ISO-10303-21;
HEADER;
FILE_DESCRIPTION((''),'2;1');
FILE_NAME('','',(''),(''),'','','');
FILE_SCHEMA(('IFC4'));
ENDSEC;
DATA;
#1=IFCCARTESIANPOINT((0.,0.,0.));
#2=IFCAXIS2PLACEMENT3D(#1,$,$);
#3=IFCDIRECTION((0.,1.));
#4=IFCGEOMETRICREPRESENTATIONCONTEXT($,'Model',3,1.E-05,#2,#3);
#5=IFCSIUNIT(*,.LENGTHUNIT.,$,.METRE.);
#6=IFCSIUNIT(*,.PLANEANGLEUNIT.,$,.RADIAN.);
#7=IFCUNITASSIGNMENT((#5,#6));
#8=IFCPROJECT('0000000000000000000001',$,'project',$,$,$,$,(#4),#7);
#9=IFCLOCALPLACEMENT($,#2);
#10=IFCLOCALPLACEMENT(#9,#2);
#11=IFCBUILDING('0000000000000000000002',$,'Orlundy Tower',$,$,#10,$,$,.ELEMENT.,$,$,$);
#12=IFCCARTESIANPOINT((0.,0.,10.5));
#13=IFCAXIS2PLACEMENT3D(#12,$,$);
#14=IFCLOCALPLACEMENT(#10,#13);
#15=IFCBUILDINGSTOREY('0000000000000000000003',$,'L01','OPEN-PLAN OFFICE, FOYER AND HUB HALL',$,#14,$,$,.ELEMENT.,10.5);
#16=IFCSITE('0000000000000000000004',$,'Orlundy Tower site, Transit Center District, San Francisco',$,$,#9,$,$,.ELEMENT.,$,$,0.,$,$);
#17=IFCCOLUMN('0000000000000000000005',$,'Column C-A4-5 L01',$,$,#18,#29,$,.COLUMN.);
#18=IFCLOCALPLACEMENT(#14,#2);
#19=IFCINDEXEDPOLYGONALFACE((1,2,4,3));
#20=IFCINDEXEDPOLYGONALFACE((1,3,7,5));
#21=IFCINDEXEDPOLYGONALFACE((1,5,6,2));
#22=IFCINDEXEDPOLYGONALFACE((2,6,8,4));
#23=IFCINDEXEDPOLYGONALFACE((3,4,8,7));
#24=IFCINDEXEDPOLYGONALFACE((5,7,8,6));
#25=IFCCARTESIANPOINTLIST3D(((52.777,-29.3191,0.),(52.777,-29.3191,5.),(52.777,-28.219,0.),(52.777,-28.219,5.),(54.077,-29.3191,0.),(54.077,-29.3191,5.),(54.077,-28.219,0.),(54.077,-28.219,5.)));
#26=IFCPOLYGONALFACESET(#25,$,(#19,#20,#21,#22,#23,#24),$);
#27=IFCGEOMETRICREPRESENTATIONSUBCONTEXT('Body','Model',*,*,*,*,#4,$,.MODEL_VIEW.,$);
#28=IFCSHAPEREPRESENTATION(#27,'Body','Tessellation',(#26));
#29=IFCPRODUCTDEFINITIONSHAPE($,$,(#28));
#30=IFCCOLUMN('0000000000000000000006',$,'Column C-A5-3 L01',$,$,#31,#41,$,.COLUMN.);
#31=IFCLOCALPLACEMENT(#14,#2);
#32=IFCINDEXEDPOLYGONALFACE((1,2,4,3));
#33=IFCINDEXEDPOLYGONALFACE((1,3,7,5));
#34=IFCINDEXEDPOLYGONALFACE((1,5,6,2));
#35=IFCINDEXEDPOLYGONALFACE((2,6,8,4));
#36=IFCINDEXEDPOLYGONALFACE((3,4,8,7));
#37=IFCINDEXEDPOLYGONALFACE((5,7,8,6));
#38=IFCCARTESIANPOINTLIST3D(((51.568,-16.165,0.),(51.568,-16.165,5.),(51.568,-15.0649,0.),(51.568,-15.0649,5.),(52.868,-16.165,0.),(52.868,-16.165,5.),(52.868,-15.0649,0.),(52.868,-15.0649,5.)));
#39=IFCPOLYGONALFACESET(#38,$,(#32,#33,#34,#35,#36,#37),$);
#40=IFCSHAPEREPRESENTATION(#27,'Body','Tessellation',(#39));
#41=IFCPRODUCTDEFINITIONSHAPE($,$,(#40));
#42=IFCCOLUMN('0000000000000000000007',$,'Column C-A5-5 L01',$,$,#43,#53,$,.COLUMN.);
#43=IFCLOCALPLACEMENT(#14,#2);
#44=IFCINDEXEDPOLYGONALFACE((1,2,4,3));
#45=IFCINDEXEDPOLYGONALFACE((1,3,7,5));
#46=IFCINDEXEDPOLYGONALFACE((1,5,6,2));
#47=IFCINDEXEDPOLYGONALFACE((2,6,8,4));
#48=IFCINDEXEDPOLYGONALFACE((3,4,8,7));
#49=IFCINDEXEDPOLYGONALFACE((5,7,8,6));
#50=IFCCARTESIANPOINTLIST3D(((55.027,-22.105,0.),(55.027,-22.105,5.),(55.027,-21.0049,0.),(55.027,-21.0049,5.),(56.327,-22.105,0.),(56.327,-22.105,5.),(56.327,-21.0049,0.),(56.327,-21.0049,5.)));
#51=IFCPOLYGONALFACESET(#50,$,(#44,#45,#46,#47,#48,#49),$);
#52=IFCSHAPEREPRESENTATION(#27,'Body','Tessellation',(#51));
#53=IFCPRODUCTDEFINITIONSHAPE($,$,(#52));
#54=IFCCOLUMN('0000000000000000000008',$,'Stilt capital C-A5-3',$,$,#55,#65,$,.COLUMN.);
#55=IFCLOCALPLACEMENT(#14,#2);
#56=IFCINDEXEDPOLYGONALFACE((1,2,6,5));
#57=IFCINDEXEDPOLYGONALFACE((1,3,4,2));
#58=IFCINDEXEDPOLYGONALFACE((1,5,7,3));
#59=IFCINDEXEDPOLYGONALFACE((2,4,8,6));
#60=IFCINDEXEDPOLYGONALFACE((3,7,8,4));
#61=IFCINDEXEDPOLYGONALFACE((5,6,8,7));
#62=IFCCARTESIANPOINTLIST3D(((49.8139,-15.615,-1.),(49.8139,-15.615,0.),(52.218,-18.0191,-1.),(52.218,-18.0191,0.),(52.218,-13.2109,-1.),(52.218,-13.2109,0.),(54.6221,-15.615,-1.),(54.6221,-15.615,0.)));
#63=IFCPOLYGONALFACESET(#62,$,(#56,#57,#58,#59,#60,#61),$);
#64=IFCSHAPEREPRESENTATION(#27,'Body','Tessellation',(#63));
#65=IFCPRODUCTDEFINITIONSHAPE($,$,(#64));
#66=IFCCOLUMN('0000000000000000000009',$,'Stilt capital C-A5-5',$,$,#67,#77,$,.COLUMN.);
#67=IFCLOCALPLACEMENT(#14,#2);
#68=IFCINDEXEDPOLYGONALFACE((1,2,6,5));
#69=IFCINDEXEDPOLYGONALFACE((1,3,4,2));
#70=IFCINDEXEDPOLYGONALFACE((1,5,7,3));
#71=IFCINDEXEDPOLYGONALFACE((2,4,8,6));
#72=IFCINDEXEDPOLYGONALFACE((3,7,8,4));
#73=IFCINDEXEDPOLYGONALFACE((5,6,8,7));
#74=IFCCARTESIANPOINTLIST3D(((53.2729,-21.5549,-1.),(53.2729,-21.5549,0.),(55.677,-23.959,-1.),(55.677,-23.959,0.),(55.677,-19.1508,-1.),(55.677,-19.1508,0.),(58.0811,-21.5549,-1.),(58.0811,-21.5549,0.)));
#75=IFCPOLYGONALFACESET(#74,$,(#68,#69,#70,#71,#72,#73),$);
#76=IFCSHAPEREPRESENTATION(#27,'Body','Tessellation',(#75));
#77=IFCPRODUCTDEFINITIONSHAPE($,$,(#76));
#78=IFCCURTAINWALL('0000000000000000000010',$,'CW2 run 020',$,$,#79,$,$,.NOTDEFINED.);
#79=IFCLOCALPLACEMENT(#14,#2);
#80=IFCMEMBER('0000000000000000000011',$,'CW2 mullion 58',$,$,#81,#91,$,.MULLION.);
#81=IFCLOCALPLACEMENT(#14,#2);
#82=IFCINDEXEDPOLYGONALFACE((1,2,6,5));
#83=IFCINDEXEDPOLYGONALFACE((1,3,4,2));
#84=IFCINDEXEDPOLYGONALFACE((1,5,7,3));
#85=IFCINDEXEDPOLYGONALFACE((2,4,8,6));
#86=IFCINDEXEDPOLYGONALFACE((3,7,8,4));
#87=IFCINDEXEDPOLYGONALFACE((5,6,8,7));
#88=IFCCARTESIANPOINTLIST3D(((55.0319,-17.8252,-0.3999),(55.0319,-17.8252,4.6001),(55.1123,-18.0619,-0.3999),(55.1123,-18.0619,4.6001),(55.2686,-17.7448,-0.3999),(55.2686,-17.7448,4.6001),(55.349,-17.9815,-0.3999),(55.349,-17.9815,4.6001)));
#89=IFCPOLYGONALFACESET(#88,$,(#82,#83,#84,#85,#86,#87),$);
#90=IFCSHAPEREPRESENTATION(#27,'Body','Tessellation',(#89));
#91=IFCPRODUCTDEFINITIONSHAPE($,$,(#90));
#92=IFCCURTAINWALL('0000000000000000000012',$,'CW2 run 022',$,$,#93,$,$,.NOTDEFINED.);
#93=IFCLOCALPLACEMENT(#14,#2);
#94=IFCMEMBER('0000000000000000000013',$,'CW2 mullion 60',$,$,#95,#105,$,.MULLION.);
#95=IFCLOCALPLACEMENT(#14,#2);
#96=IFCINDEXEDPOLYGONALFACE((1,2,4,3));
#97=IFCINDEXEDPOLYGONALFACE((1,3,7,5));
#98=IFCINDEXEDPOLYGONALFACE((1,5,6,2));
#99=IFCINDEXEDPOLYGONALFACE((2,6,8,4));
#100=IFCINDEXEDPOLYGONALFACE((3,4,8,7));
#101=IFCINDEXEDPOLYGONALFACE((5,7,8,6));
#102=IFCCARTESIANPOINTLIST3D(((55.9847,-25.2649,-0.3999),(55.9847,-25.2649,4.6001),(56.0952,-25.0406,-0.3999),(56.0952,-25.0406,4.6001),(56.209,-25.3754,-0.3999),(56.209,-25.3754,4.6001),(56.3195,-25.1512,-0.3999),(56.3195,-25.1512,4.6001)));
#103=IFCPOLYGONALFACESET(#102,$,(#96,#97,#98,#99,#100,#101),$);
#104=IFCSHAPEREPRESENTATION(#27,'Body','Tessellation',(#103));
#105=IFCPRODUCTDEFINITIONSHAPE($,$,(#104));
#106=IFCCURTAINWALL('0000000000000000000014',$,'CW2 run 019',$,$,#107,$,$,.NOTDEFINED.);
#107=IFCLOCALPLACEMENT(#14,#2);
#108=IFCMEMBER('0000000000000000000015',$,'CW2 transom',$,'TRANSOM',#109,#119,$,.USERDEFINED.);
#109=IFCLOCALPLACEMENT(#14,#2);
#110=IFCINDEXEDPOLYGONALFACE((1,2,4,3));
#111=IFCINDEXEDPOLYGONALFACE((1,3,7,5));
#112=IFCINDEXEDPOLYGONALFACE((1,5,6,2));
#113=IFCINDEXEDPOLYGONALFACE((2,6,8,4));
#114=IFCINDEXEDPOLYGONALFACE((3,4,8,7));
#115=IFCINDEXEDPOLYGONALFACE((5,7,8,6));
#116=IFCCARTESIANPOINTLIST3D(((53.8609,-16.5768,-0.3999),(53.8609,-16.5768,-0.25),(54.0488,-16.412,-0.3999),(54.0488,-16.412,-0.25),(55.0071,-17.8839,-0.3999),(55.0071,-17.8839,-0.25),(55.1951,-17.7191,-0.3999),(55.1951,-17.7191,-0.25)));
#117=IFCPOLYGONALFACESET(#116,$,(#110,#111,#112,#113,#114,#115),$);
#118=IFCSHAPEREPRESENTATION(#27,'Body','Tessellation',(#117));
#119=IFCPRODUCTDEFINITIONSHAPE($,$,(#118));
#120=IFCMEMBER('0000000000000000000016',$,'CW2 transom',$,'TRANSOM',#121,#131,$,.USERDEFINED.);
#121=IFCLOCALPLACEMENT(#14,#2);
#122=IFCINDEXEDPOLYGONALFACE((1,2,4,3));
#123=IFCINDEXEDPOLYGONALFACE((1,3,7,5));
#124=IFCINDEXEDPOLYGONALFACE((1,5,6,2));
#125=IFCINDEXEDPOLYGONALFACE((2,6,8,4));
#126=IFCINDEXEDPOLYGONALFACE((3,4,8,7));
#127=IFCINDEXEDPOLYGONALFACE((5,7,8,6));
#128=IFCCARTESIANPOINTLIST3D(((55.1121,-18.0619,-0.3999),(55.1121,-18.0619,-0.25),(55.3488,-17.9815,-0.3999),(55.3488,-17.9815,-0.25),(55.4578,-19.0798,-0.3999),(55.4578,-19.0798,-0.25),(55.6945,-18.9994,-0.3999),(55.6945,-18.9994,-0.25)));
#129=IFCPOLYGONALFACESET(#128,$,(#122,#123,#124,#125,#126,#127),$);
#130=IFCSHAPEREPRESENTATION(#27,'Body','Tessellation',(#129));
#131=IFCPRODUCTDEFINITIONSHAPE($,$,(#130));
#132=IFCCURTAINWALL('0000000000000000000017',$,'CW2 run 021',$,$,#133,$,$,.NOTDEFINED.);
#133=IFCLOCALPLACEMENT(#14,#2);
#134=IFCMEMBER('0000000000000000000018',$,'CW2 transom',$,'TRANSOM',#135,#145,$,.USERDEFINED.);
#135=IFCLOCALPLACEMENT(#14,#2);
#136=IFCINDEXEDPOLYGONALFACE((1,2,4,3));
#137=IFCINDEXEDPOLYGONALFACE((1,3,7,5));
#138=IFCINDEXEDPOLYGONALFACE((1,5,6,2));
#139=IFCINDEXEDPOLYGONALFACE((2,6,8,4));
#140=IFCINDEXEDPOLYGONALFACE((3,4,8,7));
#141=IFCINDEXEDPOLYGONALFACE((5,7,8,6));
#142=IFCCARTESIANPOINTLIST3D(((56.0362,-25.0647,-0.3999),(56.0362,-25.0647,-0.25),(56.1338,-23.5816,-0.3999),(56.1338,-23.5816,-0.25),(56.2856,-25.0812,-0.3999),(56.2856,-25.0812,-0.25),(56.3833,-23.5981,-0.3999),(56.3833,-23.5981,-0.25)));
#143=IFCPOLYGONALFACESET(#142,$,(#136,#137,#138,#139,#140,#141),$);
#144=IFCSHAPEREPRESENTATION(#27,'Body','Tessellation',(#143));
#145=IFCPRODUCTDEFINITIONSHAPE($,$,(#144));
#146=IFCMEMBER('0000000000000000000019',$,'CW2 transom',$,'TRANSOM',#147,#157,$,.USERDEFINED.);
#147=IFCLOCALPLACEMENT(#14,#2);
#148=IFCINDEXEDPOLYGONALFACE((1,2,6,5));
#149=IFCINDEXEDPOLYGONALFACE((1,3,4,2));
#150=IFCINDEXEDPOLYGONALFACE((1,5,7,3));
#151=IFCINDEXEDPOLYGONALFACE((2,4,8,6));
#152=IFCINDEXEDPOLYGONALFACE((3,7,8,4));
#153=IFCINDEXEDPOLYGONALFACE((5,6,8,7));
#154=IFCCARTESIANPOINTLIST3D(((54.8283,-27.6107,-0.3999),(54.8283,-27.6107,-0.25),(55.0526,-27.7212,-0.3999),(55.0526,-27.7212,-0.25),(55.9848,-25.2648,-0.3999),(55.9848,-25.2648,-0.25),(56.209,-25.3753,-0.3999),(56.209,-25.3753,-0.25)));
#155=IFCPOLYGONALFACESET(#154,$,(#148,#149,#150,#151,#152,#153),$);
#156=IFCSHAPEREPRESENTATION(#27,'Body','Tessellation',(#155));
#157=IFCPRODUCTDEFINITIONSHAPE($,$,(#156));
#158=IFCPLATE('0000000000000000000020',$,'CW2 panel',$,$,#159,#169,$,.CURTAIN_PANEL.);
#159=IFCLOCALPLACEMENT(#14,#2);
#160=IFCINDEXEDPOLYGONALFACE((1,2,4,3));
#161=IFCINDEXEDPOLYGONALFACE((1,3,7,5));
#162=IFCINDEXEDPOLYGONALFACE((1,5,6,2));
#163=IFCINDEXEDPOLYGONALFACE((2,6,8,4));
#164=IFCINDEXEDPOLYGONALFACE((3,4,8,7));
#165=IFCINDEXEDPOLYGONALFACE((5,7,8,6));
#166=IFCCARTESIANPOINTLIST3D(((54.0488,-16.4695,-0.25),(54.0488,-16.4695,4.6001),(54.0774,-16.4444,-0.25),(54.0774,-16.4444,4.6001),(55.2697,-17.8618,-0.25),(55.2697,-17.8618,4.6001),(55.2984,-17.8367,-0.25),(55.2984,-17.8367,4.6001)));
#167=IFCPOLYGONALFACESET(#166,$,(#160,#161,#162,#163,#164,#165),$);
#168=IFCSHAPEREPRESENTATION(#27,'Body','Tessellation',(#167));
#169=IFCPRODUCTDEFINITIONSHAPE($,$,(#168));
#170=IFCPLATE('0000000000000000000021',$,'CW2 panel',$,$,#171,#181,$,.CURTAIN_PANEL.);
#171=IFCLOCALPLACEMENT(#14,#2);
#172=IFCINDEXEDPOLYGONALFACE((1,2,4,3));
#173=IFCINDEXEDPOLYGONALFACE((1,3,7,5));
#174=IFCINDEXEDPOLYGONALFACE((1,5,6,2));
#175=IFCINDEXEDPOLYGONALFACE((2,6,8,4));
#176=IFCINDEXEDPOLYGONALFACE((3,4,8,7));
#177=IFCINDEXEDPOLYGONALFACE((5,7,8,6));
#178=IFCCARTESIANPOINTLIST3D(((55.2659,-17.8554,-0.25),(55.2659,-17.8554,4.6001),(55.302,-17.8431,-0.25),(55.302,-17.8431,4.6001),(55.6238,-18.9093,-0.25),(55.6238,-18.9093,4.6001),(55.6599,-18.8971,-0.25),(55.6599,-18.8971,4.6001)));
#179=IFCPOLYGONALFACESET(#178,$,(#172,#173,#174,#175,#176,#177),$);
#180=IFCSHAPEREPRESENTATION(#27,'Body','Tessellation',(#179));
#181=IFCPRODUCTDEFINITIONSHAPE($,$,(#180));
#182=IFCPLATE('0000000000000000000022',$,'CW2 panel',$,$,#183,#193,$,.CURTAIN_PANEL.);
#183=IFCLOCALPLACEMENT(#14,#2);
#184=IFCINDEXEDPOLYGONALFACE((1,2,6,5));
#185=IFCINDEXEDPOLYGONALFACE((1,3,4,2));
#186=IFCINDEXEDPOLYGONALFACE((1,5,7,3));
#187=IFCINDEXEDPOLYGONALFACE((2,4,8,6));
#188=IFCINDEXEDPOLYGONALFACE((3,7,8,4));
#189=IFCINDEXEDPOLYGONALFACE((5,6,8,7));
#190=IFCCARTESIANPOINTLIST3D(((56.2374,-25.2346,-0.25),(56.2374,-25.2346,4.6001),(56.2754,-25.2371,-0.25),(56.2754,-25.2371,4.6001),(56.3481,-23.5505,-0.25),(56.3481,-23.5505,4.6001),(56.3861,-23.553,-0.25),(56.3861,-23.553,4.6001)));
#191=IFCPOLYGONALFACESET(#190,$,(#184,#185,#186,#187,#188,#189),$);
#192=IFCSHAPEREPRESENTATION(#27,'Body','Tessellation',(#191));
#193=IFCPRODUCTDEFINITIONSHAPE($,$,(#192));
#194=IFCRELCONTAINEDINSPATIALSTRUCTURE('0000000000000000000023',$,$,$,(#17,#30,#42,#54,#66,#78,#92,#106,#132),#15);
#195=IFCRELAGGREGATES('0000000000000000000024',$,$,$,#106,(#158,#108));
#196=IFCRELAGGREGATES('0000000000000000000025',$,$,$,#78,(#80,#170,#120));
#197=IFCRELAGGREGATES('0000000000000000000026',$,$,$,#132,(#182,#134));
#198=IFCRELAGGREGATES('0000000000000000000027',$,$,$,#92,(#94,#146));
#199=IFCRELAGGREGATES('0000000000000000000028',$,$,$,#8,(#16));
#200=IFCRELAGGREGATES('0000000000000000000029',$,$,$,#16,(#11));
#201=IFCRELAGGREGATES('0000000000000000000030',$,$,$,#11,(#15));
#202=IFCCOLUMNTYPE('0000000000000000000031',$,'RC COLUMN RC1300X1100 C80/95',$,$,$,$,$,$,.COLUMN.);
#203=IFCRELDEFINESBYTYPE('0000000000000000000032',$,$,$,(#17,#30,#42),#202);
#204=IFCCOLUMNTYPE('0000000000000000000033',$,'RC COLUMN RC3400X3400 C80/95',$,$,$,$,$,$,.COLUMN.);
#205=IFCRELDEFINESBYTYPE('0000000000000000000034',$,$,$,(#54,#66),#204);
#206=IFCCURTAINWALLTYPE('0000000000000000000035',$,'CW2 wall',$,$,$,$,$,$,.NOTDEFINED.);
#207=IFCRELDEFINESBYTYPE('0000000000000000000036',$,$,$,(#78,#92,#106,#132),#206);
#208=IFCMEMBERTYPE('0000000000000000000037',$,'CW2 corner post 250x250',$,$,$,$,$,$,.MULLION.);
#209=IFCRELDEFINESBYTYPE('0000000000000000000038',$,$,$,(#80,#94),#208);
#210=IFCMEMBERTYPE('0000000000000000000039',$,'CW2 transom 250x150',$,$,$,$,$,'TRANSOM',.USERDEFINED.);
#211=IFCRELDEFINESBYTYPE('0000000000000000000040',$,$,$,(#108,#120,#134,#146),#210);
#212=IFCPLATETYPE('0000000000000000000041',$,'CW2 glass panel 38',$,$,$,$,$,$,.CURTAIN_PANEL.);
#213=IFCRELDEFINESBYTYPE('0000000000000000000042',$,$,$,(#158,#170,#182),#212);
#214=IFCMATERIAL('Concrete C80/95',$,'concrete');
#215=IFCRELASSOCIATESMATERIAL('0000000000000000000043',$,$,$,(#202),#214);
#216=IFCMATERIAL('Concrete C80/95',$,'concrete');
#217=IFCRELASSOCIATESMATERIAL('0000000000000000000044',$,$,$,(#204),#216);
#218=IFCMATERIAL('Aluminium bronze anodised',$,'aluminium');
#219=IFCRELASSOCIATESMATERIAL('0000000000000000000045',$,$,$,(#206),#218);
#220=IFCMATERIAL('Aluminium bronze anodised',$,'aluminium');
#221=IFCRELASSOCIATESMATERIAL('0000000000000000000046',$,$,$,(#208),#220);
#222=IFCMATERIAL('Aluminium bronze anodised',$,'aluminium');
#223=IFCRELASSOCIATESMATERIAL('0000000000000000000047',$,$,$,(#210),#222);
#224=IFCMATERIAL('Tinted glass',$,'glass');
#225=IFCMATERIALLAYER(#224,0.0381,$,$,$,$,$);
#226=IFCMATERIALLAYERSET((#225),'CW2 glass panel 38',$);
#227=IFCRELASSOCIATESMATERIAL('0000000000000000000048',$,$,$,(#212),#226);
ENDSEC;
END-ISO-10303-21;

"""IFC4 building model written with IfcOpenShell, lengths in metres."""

from ifc_helpers import new_model, si_unit, direction, frame, origin, origin_2d, place, context, subcontext, project, spatial, rectangle, extrude, material, layer, layer_set, material_profile, profile_set, type_object, element, aggregate, save


model = new_model("IFC4")

# Units and contexts
model_context = context("Model", 3, precision=1e-05, world=origin(), true_north=direction((0.0, 1.0)))
body_context = subcontext(model_context, "Body", "Model", "MODEL_VIEW")
ifc_project = project(units=[si_unit("LENGTHUNIT", "METRE"), si_unit("PLANEANGLEUNIT", "RADIAN")], contexts=[model_context])

# Site, building, storey
site_placement = place(None, origin())
site = spatial("IfcSite", under=ifc_project, at=site_placement, Name="Orlundy Tower site, Transit Center District, San Francisco", CompositionType="ELEMENT", RefElevation=0.0)
building_placement = place(site_placement, origin())
building = spatial("IfcBuilding", under=site, at=building_placement, Name="Orlundy Tower", CompositionType="ELEMENT")
storey_placement = place(building_placement, frame((0.0, 0.0, 10.5)))
storey = spatial("IfcBuildingStorey", under=building, at=storey_placement, Name="L01", Description="OPEN-PLAN OFFICE, FOYER AND HUB HALL", CompositionType="ELEMENT", Elevation=10.5)

# Columns
ifc_material_1 = material(Name="Concrete C80/95", Category="concrete")
ifc_material_profile_1 = material_profile(ifc_material_1, rectangle(XDim=1.3, YDim=1.1001, at=origin_2d()), Name="RC1300X1100")
ifc_profile_set_1 = profile_set([ifc_material_profile_1], Name="Concrete C80/95")
column_type_1 = type_object("IfcColumnType", Name="RC COLUMN RC1300X1100 C80/95", PredefinedType="COLUMN", material=ifc_profile_set_1)
for number, where, z_axis, x_axis, name in (
    (1, (53.427, -28.769, 0.0), (0.0, 0.0, 1.0), (1.0, 0.0, 0.0), "Column C-A4-5 L01"),
    (2, (52.218, -15.615, 0.0), (0.0, 0.0, 1.0), (1.0, 0.0, 0.0), "Column C-A5-3 L01"),
    (3, (55.677, -21.5549, 0.0), (0.0, 0.0, 1.0), (1.0, 0.0, 0.0), "Column C-A5-5 L01"),
):
    element("IfcColumn", number, at=place(storey_placement, frame(where, z_axis=z_axis, x_axis=x_axis)), inside=storey, type_object=column_type_1, Name=name, PredefinedType="COLUMN", context=body_context, shape_type="SweptSolid", body=[
        extrude(rectangle(XDim=1.3, YDim=1.1001, at=origin_2d()), origin(), (0.0, 0.0, 1.0), 5.0),
    ])
ifc_material_2 = material(Name="Concrete C80/95", Category="concrete")
ifc_material_profile_2 = material_profile(ifc_material_2, rectangle(XDim=3.3999, YDim=3.3999, at=origin_2d()), Name="RC3400X3400")
ifc_profile_set_2 = profile_set([ifc_material_profile_2], Name="Concrete C80/95")
column_type_2 = type_object("IfcColumnType", Name="RC COLUMN RC3400X3400 C80/95", PredefinedType="COLUMN", material=ifc_profile_set_2)
for number, where, z_axis, x_axis, name in (
    (4, (52.218, -15.615, -1.0), (0.0, 0.0, 1.0), (0.707107, 0.707107, 0.0), "Stilt capital C-A5-3"),
    (5, (55.677, -21.5549, -1.0), (0.0, 0.0, 1.0), (0.707107, 0.707107, 0.0), "Stilt capital C-A5-5"),
):
    element("IfcColumn", number, at=place(storey_placement, frame(where, z_axis=z_axis, x_axis=x_axis)), inside=storey, type_object=column_type_2, Name=name, PredefinedType="COLUMN", context=body_context, shape_type="SweptSolid", body=[
        extrude(rectangle(XDim=3.3999, YDim=3.3999, at=origin_2d()), origin(), (0.0, 0.0, 1.0), 1.0),
    ])

# Curtain walls, members
ifc_material_3 = material(Name="Aluminium bronze anodised", Category="aluminium")
curtain_wall_type = type_object("IfcCurtainWallType", Name="CW2 wall", PredefinedType="NOTDEFINED", material=ifc_material_3)
curtain_wall_1_placement = place(storey_placement, origin())
curtain_wall_1 = element("IfcCurtainWall", 6, at=curtain_wall_1_placement, inside=storey, type_object=curtain_wall_type, Name="CW2 run 020", PredefinedType="NOTDEFINED")
ifc_material_4 = material(Name="Aluminium bronze anodised", Category="aluminium")
ifc_material_profile_3 = material_profile(ifc_material_4, rectangle(XDim=0.25, YDim=0.25, at=origin_2d()), Name="CW2 corner post 250x250")
ifc_profile_set_3 = profile_set([ifc_material_profile_3], Name="Aluminium bronze anodised")
member_type_1 = type_object("IfcMemberType", Name="CW2 corner post 250x250", PredefinedType="MULLION", material=ifc_profile_set_3)
member_1_placement = place(storey_placement, frame((55.1904, -17.9033, -0.3999), z_axis=(0.0, 0.0, 1.0), x_axis=(0.946888, 0.321564, 0.0)))
member_1 = element("IfcMember", 7, at=member_1_placement, type_object=member_type_1, Name="CW2 mullion 58", PredefinedType="MULLION", context=body_context, shape_type="SweptSolid", body=[
    extrude(rectangle(XDim=0.25, YDim=0.25, at=origin_2d()), origin(), (0.0, 0.0, 1.0), 5.0),
])
curtain_wall_2_placement = place(storey_placement, origin())
curtain_wall_2 = element("IfcCurtainWall", 8, at=curtain_wall_2_placement, inside=storey, type_object=curtain_wall_type, Name="CW2 run 022", PredefinedType="NOTDEFINED")
member_2_placement = place(storey_placement, frame((56.1521, -25.208, -0.3999), z_axis=(0.0, 0.0, 1.0), x_axis=(0.896949, -0.442135, 0.0)))
member_2 = element("IfcMember", 9, at=member_2_placement, type_object=member_type_1, Name="CW2 mullion 60", PredefinedType="MULLION", context=body_context, shape_type="SweptSolid", body=[
    extrude(rectangle(XDim=0.25, YDim=0.25, at=origin_2d()), origin(), (0.0, 0.0, 1.0), 5.0),
])
curtain_wall_3_placement = place(storey_placement, origin())
curtain_wall_3 = element("IfcCurtainWall", 10, at=curtain_wall_3_placement, inside=storey, type_object=curtain_wall_type, Name="CW2 run 019", PredefinedType="NOTDEFINED")
ifc_material_5 = material(Name="Aluminium bronze anodised", Category="aluminium")
ifc_material_profile_4 = material_profile(ifc_material_5, rectangle(XDim=0.25, YDim=0.1499, at=origin_2d()), Name="CW2 transom 250x150")
ifc_profile_set_4 = profile_set([ifc_material_profile_4], Name="Aluminium bronze anodised")
member_type_2 = type_object("IfcMemberType", Name="CW2 transom 250x150", ElementType="TRANSOM", PredefinedType="USERDEFINED", material=ifc_profile_set_4)
member_3_placement = place(storey_placement, frame((53.9548, -16.4944, -0.325), z_axis=(0.659319, -0.751863, 0.0), x_axis=(0.751863, 0.659319, 0.0)))
member_3 = element("IfcMember", 11, at=member_3_placement, type_object=member_type_2, Name="CW2 transom", ObjectType="TRANSOM", PredefinedType="USERDEFINED", context=body_context, shape_type="SweptSolid", body=[
    extrude(rectangle(XDim=0.25, YDim=0.1499, at=origin_2d()), origin(), (0.0, 0.0, 1.0), 1.7385),
])

# Member
member_4_placement = place(storey_placement, frame((55.2305, -18.0217, -0.325), z_axis=(0.321605, -0.946874, 0.0), x_axis=(0.946874, 0.321605, 0.0)))
member_4 = element("IfcMember", 12, at=member_4_placement, type_object=member_type_2, Name="CW2 transom", ObjectType="TRANSOM", PredefinedType="USERDEFINED", context=body_context, shape_type="SweptSolid", body=[
    extrude(rectangle(XDim=0.25, YDim=0.1499, at=origin_2d()), origin(), (0.0, 0.0, 1.0), 1.075),
])

# Curtain wall, member
curtain_wall_4_placement = place(storey_placement, origin())
curtain_wall_4 = element("IfcCurtainWall", 13, at=curtain_wall_4_placement, inside=storey, type_object=curtain_wall_type, Name="CW2 run 021", PredefinedType="NOTDEFINED")
member_5_placement = place(storey_placement, frame((56.2585, -23.5898, -0.325), z_axis=(-0.065701, -0.997839, 0.0), x_axis=(0.997839, -0.065701, 0.0)))
member_5 = element("IfcMember", 14, at=member_5_placement, type_object=member_type_2, Name="CW2 transom", ObjectType="TRANSOM", PredefinedType="USERDEFINED", context=body_context, shape_type="SweptSolid", body=[
    extrude(rectangle(XDim=0.25, YDim=0.1499, at=origin_2d()), origin(), (0.0, 0.0, 1.0), 1.4863),
])

# Member
member_6_placement = place(storey_placement, frame((56.0969, -25.3201, -0.325), z_axis=(-0.442166, -0.896933, 0.0), x_axis=(0.896933, -0.442166, 0.0)))
member_6 = element("IfcMember", 15, at=member_6_placement, type_object=member_type_2, Name="CW2 transom", ObjectType="TRANSOM", PredefinedType="USERDEFINED", context=body_context, shape_type="SweptSolid", body=[
    extrude(rectangle(XDim=0.25, YDim=0.1499, at=origin_2d()), origin(), (0.0, 0.0, 1.0), 2.6155),
])

# Plates
ifc_material_6 = material(Name="Tinted glass", Category="glass")
ifc_layer = layer(ifc_material_6, 0.0381)
ifc_layer_set = layer_set([ifc_layer], Name="CW2 glass panel 38")
plate_type = type_object("IfcPlateType", Name="CW2 glass panel 38", PredefinedType="CURTAIN_PANEL", material=ifc_layer_set)
plate_1_placement = place(storey_placement, frame((54.6736, -17.1531, -0.25), z_axis=(0.0, 0.0, 1.0), x_axis=(0.659325, -0.751858, 0.0)))
plate_1 = element("IfcPlate", 16, at=plate_1_placement, type_object=plate_type, Name="CW2 panel", PredefinedType="CURTAIN_PANEL", context=body_context, shape_type="SweptSolid", body=[
    extrude(rectangle(XDim=1.8518, YDim=0.0381, at=origin_2d()), origin(), (0.0, 0.0, 1.0), 4.8501),
])
aggregate(curtain_wall_3, [plate_1, member_3])
plate_2_placement = place(storey_placement, frame((55.4629, -18.3762, -0.25), z_axis=(0.0, 0.0, 1.0), x_axis=(0.321564, -0.946888, 0.0)))
plate_2 = element("IfcPlate", 17, at=plate_2_placement, type_object=plate_type, Name="CW2 panel", PredefinedType="CURTAIN_PANEL", context=body_context, shape_type="SweptSolid", body=[
    extrude(rectangle(XDim=1.113, YDim=0.0381, at=origin_2d()), origin(), (0.0, 0.0, 1.0), 4.8501),
])
aggregate(curtain_wall_1, [member_1, plate_2, member_4])
plate_3_placement = place(storey_placement, frame((56.3118, -24.3938, -0.25), z_axis=(0.0, 0.0, 1.0), x_axis=(-0.06557, -0.997848, 0.0)))
plate_3 = element("IfcPlate", 18, at=plate_3_placement, type_object=plate_type, Name="CW2 panel", PredefinedType="CURTAIN_PANEL", context=body_context, shape_type="SweptSolid", body=[
    extrude(rectangle(XDim=1.6877, YDim=0.0381, at=origin_2d()), origin(), (0.0, 0.0, 1.0), 4.8501),
])
aggregate(curtain_wall_4, [plate_3, member_5])
aggregate(curtain_wall_2, [member_2, member_6])

save(model, "model.ifc")
